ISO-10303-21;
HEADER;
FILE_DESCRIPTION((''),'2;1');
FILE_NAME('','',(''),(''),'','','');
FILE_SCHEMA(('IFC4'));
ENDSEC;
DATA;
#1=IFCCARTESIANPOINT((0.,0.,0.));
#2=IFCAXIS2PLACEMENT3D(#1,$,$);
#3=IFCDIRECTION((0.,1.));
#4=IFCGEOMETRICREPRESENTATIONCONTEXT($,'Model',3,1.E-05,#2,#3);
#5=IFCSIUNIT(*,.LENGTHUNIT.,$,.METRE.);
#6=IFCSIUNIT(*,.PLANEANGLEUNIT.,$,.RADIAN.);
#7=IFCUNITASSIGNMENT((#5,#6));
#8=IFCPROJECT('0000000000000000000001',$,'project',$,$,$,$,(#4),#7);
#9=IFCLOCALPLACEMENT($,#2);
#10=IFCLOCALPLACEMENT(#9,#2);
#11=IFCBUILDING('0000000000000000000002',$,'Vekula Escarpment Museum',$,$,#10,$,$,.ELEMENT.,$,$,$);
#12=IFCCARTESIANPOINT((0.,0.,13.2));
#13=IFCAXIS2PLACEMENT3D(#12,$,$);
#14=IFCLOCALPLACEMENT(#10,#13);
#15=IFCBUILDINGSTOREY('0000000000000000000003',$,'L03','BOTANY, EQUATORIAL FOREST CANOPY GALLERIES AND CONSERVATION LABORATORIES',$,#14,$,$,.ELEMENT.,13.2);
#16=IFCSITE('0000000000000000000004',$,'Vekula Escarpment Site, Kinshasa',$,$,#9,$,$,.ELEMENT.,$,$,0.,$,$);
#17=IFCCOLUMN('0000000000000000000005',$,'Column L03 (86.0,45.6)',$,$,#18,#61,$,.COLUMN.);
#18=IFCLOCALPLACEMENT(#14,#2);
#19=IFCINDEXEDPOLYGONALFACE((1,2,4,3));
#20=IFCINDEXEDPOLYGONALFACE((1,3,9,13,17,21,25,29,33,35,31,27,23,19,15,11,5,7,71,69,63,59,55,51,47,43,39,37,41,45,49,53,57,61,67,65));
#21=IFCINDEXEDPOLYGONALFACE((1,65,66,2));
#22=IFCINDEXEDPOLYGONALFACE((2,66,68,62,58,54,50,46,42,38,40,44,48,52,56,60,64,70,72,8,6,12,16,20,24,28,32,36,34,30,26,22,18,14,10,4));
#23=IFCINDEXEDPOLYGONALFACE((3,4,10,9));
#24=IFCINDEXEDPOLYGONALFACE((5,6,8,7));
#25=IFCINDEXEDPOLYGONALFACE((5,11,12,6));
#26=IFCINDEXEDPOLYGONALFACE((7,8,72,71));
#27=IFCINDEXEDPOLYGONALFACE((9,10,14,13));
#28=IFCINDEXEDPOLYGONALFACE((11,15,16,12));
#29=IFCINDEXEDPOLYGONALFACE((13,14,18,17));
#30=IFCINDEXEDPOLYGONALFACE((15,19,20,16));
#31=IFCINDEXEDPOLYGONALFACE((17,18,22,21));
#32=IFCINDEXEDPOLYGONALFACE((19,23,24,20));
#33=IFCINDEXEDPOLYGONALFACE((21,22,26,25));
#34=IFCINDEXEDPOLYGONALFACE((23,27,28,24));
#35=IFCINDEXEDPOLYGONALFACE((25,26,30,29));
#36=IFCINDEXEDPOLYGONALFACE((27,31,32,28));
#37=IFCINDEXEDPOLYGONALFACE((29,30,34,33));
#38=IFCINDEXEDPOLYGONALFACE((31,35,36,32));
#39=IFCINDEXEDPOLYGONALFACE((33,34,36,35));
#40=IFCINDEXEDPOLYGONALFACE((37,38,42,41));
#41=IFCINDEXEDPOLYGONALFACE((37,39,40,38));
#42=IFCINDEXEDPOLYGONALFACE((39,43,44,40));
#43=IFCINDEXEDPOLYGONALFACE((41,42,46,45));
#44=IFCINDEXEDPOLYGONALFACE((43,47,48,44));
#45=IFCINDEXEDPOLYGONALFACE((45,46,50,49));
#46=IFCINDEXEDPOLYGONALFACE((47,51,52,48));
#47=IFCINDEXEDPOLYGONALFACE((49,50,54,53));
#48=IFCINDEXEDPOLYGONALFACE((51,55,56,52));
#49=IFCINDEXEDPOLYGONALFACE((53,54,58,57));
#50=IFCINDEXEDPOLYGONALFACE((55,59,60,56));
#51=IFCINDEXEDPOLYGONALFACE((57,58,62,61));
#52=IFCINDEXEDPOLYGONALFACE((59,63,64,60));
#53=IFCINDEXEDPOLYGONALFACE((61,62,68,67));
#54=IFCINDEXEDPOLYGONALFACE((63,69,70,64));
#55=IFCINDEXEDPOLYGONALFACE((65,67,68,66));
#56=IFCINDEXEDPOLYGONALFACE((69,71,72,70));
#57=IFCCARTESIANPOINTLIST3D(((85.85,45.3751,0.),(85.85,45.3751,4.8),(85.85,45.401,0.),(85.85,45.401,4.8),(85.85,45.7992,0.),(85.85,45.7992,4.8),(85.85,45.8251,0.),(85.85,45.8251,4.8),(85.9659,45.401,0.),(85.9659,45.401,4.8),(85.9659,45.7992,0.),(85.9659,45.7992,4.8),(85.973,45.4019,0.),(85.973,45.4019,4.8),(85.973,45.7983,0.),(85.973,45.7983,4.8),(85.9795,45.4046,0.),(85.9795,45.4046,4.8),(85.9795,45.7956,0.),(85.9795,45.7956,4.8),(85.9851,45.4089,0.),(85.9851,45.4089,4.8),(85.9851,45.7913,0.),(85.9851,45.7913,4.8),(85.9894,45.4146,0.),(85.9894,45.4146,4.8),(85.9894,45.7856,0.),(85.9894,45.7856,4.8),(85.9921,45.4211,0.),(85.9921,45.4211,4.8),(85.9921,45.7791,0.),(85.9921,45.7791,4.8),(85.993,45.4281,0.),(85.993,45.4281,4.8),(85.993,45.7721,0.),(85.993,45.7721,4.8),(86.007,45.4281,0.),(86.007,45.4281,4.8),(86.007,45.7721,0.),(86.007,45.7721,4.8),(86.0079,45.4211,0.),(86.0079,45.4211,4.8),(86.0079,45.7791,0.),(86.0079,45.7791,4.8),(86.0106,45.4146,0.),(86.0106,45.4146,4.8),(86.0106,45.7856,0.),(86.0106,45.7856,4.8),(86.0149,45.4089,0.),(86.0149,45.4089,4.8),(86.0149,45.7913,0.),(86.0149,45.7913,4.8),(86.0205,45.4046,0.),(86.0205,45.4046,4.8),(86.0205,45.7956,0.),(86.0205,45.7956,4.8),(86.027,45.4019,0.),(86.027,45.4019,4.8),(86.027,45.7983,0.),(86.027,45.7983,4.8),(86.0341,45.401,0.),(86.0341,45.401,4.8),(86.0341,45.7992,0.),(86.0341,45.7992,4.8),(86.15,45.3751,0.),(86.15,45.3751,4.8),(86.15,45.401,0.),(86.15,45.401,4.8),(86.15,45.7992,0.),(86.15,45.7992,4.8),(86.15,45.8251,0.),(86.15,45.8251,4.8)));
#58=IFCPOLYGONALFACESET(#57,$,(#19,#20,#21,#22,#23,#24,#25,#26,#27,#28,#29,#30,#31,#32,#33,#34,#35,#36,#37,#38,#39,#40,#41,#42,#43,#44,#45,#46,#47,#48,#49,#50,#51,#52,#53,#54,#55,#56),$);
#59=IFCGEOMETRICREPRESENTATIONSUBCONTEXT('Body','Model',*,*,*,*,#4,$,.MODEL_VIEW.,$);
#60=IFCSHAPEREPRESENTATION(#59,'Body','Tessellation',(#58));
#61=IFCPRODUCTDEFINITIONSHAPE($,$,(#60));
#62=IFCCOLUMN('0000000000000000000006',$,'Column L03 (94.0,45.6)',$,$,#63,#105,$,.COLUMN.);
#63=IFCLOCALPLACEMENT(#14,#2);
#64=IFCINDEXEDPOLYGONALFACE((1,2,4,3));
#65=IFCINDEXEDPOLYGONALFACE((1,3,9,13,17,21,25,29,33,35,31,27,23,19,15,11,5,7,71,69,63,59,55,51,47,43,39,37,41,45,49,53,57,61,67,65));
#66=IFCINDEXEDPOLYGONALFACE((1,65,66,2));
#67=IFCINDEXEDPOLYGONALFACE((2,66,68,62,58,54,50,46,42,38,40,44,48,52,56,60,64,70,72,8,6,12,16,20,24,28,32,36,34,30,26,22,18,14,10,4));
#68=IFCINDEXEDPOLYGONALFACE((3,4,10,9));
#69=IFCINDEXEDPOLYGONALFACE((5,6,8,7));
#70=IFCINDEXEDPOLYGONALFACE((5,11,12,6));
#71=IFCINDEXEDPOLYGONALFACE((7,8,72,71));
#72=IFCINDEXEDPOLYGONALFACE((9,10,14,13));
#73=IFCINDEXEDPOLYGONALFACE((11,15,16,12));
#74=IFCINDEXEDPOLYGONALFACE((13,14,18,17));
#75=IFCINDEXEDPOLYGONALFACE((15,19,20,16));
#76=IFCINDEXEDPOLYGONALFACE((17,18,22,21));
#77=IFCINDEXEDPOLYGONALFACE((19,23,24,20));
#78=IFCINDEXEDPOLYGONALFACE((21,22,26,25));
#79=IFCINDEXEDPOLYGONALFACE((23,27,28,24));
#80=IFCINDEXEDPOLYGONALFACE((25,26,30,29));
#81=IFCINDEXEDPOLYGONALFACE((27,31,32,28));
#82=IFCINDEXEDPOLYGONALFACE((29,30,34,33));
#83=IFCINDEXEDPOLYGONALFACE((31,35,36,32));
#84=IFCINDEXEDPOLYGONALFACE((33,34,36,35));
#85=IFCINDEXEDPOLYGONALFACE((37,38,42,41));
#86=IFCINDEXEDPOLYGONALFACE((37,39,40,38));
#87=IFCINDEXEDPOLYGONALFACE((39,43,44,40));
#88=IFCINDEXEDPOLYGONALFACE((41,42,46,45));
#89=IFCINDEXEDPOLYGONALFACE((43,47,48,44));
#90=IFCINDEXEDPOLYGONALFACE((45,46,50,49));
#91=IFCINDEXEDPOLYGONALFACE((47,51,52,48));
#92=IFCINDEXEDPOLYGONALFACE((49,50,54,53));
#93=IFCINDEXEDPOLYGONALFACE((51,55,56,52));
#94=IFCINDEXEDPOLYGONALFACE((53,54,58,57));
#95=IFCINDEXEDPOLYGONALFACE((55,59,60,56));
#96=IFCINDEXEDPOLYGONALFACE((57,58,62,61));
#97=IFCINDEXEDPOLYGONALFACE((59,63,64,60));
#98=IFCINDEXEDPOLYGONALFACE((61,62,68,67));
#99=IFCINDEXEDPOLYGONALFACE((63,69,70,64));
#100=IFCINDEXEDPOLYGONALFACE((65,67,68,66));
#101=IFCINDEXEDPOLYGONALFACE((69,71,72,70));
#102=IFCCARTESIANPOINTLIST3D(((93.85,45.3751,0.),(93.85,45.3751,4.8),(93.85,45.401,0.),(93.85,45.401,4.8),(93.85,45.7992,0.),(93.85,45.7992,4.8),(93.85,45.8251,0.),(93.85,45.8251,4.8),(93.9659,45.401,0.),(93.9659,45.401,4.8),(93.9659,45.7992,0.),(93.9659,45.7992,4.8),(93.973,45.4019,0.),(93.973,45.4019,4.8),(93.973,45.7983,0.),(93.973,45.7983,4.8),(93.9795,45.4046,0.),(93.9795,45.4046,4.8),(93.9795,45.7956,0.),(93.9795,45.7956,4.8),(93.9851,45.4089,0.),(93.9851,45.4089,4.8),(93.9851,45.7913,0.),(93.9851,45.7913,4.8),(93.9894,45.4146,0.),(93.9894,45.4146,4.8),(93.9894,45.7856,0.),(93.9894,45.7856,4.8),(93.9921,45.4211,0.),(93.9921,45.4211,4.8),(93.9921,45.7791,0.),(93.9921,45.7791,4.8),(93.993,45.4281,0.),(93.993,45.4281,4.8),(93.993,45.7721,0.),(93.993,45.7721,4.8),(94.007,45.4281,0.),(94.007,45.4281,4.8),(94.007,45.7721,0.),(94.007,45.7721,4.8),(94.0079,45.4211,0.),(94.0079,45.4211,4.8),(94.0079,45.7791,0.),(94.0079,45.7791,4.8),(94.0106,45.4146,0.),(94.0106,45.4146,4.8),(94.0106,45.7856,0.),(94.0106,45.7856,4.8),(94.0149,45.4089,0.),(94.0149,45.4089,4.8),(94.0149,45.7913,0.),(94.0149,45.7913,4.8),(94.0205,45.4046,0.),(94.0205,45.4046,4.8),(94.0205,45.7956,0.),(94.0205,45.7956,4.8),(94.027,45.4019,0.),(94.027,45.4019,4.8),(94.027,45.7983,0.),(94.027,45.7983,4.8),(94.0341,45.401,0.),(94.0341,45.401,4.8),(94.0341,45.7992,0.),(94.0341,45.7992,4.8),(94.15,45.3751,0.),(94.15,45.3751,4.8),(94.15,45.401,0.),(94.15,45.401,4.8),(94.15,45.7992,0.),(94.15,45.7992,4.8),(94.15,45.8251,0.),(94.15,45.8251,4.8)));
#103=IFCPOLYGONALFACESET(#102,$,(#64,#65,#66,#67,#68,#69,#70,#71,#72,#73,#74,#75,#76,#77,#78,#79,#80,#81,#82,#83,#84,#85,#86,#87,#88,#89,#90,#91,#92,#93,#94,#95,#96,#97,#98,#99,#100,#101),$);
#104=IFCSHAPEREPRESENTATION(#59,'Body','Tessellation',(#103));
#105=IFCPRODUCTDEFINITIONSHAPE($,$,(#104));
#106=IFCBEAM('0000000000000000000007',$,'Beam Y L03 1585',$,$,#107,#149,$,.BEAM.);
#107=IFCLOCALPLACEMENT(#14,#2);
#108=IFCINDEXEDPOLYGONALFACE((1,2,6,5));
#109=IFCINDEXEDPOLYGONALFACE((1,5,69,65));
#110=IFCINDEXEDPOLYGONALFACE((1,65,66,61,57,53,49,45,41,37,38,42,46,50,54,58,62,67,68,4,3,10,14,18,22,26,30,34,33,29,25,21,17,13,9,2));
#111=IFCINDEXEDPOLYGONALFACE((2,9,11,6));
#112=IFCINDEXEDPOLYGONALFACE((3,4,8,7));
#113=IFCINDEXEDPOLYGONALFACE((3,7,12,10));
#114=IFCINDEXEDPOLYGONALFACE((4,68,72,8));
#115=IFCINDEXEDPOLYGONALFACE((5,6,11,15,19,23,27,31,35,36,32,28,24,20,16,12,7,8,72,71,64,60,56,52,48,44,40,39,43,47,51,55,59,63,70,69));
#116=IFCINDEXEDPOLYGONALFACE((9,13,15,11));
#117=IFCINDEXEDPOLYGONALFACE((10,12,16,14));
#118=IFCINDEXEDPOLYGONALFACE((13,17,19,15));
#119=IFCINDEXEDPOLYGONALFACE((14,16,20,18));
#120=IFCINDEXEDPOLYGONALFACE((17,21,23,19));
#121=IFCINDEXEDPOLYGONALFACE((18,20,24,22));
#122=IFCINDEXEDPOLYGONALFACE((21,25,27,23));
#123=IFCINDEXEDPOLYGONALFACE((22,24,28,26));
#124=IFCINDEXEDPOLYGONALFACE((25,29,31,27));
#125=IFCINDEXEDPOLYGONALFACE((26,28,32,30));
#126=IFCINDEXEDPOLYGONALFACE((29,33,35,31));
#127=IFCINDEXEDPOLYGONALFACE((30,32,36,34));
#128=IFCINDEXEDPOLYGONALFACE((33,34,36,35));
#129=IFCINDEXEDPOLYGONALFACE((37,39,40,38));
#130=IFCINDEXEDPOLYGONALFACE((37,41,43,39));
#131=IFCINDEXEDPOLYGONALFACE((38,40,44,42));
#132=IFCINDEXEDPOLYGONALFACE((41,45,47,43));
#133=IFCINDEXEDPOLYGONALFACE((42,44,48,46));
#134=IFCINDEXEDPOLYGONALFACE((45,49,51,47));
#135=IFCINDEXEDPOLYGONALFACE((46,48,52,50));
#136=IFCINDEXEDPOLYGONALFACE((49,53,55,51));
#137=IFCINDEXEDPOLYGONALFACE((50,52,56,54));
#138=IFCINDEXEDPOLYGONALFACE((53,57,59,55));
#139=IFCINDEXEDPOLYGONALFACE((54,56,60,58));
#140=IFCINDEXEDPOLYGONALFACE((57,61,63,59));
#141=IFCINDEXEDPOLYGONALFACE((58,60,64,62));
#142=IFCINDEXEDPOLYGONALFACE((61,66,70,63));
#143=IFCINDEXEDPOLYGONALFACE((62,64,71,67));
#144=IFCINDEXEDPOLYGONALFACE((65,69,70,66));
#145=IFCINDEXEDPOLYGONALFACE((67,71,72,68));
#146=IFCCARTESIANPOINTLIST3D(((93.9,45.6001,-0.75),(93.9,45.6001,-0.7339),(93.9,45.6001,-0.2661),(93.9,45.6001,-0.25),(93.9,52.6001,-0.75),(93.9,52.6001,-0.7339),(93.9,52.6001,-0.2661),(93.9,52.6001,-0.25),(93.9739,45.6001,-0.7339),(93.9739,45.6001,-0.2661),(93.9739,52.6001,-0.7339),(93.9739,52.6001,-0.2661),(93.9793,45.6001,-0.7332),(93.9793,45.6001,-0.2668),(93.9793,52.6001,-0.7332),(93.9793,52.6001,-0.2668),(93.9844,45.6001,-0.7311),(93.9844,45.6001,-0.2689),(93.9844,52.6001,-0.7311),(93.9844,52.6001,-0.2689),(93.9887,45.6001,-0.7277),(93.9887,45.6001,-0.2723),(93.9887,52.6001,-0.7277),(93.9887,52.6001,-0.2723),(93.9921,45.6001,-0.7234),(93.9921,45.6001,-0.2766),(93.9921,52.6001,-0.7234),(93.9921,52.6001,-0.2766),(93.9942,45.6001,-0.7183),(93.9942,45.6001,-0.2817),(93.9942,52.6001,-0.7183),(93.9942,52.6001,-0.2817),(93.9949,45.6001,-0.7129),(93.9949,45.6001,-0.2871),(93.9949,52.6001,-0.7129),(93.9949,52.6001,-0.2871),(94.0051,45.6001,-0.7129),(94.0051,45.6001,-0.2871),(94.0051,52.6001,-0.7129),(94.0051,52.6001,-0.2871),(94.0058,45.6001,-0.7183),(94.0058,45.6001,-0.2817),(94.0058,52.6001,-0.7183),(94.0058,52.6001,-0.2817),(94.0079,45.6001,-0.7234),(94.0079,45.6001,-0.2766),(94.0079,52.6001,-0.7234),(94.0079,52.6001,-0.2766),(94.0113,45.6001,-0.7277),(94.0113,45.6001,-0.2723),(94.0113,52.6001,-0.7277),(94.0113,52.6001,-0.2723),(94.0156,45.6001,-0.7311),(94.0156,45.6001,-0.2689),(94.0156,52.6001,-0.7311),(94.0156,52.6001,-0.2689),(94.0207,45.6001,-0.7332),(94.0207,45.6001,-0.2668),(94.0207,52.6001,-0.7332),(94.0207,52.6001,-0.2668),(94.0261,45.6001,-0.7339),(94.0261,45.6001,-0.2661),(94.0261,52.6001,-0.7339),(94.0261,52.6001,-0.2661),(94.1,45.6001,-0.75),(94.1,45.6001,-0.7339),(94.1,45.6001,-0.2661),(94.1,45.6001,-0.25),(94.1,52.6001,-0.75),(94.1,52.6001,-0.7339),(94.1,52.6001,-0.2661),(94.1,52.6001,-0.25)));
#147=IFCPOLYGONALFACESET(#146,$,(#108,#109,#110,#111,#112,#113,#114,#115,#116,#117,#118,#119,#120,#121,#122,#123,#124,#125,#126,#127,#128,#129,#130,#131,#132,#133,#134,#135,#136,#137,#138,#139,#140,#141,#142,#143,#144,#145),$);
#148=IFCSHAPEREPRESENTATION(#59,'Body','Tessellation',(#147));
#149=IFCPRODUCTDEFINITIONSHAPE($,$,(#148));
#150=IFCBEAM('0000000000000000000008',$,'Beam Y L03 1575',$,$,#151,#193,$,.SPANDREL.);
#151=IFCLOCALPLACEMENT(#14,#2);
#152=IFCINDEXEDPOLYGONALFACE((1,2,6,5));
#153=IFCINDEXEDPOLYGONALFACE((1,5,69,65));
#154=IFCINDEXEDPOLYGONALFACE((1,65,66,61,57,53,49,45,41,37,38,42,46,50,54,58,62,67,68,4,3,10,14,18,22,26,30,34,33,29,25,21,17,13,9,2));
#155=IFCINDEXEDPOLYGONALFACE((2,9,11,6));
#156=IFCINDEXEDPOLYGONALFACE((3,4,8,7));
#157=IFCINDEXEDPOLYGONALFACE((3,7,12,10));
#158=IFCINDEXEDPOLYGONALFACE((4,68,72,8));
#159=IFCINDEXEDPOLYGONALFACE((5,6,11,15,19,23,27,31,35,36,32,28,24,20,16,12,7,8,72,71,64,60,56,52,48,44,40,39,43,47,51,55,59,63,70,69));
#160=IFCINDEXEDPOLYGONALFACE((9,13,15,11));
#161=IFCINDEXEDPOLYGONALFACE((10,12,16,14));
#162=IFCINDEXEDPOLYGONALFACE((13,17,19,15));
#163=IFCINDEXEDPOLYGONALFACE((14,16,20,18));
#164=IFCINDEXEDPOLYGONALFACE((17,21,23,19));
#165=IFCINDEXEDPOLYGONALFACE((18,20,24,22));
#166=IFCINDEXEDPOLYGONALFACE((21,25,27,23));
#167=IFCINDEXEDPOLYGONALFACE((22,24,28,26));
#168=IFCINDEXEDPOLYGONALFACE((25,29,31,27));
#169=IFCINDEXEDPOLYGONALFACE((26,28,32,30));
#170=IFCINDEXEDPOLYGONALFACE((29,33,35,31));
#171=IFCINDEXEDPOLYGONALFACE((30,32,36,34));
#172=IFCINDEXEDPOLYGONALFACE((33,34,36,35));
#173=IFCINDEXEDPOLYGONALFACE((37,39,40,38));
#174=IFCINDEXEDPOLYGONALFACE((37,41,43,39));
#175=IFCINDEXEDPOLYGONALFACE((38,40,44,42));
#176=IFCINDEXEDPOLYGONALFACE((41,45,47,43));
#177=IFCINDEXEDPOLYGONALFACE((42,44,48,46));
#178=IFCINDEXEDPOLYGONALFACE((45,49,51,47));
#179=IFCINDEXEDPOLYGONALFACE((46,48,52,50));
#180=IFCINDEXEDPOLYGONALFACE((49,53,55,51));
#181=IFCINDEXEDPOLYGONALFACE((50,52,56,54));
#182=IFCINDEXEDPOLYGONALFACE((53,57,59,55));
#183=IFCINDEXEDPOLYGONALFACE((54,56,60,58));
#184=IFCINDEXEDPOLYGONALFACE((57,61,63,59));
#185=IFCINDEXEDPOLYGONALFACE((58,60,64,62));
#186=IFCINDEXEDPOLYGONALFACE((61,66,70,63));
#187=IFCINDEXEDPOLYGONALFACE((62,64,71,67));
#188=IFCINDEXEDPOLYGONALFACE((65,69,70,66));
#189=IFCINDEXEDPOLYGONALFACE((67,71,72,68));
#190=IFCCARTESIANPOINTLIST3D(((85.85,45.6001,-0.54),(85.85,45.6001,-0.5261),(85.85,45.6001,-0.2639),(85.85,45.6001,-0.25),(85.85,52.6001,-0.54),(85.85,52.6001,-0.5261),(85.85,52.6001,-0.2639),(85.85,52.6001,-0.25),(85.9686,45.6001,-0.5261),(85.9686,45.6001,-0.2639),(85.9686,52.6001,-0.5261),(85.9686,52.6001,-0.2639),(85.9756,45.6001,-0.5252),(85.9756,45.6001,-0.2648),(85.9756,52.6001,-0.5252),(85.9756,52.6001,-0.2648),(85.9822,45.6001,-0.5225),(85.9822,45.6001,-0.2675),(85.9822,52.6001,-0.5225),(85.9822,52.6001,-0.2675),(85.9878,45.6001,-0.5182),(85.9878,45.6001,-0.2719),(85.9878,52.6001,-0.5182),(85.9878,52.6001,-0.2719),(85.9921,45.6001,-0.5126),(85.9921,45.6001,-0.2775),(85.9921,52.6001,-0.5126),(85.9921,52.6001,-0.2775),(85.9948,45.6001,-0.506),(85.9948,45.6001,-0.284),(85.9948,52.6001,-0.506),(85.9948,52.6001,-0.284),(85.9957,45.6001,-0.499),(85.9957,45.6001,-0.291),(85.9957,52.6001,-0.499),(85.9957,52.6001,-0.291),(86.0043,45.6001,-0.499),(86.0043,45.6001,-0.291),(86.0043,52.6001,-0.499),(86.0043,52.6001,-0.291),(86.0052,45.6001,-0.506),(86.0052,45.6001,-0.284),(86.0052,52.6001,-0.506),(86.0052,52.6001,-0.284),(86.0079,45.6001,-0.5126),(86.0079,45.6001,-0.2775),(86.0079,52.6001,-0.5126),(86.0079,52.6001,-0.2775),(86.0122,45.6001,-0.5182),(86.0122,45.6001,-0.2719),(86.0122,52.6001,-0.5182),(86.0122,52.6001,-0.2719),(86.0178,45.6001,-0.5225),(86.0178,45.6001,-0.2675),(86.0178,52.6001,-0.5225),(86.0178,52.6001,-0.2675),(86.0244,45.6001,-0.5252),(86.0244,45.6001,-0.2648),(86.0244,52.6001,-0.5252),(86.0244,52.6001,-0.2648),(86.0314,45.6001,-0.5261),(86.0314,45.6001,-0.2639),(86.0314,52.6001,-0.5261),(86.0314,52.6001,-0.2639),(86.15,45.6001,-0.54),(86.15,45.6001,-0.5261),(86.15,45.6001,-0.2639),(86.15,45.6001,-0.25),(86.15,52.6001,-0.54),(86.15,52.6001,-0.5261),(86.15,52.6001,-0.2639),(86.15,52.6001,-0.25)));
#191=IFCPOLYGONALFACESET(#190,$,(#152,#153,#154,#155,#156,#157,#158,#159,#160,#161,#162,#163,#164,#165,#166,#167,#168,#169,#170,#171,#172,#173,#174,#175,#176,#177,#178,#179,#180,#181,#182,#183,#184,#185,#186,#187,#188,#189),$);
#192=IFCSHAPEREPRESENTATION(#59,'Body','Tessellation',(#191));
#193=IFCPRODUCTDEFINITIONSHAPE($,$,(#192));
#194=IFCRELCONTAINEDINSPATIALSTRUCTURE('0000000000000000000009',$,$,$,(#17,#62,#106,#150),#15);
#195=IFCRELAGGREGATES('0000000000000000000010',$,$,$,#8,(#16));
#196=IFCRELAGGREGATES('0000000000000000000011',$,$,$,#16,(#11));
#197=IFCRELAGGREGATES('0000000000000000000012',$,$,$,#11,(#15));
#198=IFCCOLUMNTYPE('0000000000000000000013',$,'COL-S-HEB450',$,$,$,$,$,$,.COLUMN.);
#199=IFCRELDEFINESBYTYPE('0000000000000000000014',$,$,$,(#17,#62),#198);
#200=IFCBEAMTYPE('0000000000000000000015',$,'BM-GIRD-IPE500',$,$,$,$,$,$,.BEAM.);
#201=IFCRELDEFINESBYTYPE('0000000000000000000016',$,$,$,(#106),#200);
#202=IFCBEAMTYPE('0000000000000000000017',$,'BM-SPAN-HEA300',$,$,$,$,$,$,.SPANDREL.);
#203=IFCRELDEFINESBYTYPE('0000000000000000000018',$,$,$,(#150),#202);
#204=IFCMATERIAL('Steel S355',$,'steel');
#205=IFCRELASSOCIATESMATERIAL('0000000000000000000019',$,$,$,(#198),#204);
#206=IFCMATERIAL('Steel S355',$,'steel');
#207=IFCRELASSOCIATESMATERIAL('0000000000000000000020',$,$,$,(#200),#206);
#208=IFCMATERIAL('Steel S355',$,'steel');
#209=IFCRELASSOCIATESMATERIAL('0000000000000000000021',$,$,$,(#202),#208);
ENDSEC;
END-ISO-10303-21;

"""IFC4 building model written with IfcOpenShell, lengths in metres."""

from ifc_helpers import new_model, si_unit, direction, frame, origin, origin_2d, place, context, subcontext, project, spatial, i_section, extrude, material, material_profile, profile_set, type_object, element, save


model = new_model("IFC4")

# Units and contexts
model_context = context("Model", 3, precision=1e-05, world=origin(), true_north=direction((0.0, 1.0)))
body_context = subcontext(model_context, "Body", "Model", "MODEL_VIEW")
ifc_project = project(units=[si_unit("LENGTHUNIT", "METRE"), si_unit("PLANEANGLEUNIT", "RADIAN")], contexts=[model_context])

# Site, building, storey
site_placement = place(None, origin())
site = spatial("IfcSite", under=ifc_project, at=site_placement, Name="Vekula Escarpment Site, Kinshasa", CompositionType="ELEMENT", RefElevation=0.0)
building_placement = place(site_placement, origin())
building = spatial("IfcBuilding", under=site, at=building_placement, Name="Vekula Escarpment Museum", CompositionType="ELEMENT")
storey_placement = place(building_placement, frame((0.0, 0.0, 13.2)))
storey = spatial("IfcBuildingStorey", under=building, at=storey_placement, Name="L03", Description="BOTANY, EQUATORIAL FOREST CANOPY GALLERIES AND CONSERVATION LABORATORIES", CompositionType="ELEMENT", Elevation=13.2)

# Columns
ifc_material_1 = material(Name="Steel S355", Category="steel")
ifc_material_profile_1 = material_profile(ifc_material_1, i_section(OverallWidth=0.3, OverallDepth=0.45, WebThickness=0.0139, FlangeThickness=0.0259, FilletRadius=0.0271, at=origin_2d()), Name="HEB 450")
ifc_profile_set_1 = profile_set([ifc_material_profile_1], Name="Steel S355")
column_type = type_object("IfcColumnType", Name="COL-S-HEB450", PredefinedType="COLUMN", material=ifc_profile_set_1)
for number, where, z_axis, x_axis, name in (
    (1, (86.0, 45.6001, 0.0), (0.0, 0.0, 1.0), (1.0, 0.0, 0.0), "Column L03 (86.0,45.6)"),
    (2, (94.0, 45.6001, 0.0), (0.0, 0.0, 1.0), (1.0, 0.0, 0.0), "Column L03 (94.0,45.6)"),
):
    element("IfcColumn", number, at=place(storey_placement, frame(where, z_axis=z_axis, x_axis=x_axis)), inside=storey, type_object=column_type, Name=name, PredefinedType="COLUMN", context=body_context, shape_type="SweptSolid", body=[
        extrude(i_section(OverallWidth=0.3, OverallDepth=0.45, WebThickness=0.0139, FlangeThickness=0.0259, FilletRadius=0.0271, at=origin_2d()), origin(), (0.0, 0.0, 1.0), 4.8),
    ])

# Beams
ifc_material_2 = material(Name="Steel S355", Category="steel")
ifc_material_profile_2 = material_profile(ifc_material_2, i_section(OverallWidth=0.2, OverallDepth=0.5, WebThickness=0.0103, FlangeThickness=0.0161, FilletRadius=0.021, at=origin_2d()), Name="IPE 500")
ifc_profile_set_2 = profile_set([ifc_material_profile_2], Name="Steel S355")
beam_type_1 = type_object("IfcBeamType", Name="BM-GIRD-IPE500", PredefinedType="BEAM", material=ifc_profile_set_2)
beam_1_placement = place(storey_placement, frame((94.0, 45.6001, -0.5), z_axis=(0.0, 1.0, 0.0), x_axis=(-1.0, 0.0, 0.0)))
element("IfcBeam", 3, at=beam_1_placement, inside=storey, type_object=beam_type_1, Name="Beam Y L03 1585", PredefinedType="BEAM", context=body_context, shape_type="SweptSolid", body=[
    extrude(i_section(OverallWidth=0.2, OverallDepth=0.5, WebThickness=0.0103, FlangeThickness=0.0161, FilletRadius=0.021, at=origin_2d()), origin(), (0.0, 0.0, 1.0), 7.0),
])
ifc_material_3 = material(Name="Steel S355", Category="steel")
ifc_material_profile_3 = material_profile(ifc_material_3, i_section(OverallWidth=0.3, OverallDepth=0.29, WebThickness=0.0085, FlangeThickness=0.0139, FilletRadius=0.0271, at=origin_2d()), Name="HEA 300")
ifc_profile_set_3 = profile_set([ifc_material_profile_3], Name="Steel S355")
beam_type_2 = type_object("IfcBeamType", Name="BM-SPAN-HEA300", PredefinedType="SPANDREL", material=ifc_profile_set_3)
beam_2_placement = place(storey_placement, frame((86.0, 45.6001, -0.395), z_axis=(0.0, 1.0, 0.0), x_axis=(-1.0, 0.0, 0.0)))
element("IfcBeam", 4, at=beam_2_placement, inside=storey, type_object=beam_type_2, Name="Beam Y L03 1575", PredefinedType="SPANDREL", context=body_context, shape_type="SweptSolid", body=[
    extrude(i_section(OverallWidth=0.3, OverallDepth=0.29, WebThickness=0.0085, FlangeThickness=0.0139, FilletRadius=0.0271, at=origin_2d()), origin(), (0.0, 0.0, 1.0), 7.0),
])

save(model, "model.ifc")
